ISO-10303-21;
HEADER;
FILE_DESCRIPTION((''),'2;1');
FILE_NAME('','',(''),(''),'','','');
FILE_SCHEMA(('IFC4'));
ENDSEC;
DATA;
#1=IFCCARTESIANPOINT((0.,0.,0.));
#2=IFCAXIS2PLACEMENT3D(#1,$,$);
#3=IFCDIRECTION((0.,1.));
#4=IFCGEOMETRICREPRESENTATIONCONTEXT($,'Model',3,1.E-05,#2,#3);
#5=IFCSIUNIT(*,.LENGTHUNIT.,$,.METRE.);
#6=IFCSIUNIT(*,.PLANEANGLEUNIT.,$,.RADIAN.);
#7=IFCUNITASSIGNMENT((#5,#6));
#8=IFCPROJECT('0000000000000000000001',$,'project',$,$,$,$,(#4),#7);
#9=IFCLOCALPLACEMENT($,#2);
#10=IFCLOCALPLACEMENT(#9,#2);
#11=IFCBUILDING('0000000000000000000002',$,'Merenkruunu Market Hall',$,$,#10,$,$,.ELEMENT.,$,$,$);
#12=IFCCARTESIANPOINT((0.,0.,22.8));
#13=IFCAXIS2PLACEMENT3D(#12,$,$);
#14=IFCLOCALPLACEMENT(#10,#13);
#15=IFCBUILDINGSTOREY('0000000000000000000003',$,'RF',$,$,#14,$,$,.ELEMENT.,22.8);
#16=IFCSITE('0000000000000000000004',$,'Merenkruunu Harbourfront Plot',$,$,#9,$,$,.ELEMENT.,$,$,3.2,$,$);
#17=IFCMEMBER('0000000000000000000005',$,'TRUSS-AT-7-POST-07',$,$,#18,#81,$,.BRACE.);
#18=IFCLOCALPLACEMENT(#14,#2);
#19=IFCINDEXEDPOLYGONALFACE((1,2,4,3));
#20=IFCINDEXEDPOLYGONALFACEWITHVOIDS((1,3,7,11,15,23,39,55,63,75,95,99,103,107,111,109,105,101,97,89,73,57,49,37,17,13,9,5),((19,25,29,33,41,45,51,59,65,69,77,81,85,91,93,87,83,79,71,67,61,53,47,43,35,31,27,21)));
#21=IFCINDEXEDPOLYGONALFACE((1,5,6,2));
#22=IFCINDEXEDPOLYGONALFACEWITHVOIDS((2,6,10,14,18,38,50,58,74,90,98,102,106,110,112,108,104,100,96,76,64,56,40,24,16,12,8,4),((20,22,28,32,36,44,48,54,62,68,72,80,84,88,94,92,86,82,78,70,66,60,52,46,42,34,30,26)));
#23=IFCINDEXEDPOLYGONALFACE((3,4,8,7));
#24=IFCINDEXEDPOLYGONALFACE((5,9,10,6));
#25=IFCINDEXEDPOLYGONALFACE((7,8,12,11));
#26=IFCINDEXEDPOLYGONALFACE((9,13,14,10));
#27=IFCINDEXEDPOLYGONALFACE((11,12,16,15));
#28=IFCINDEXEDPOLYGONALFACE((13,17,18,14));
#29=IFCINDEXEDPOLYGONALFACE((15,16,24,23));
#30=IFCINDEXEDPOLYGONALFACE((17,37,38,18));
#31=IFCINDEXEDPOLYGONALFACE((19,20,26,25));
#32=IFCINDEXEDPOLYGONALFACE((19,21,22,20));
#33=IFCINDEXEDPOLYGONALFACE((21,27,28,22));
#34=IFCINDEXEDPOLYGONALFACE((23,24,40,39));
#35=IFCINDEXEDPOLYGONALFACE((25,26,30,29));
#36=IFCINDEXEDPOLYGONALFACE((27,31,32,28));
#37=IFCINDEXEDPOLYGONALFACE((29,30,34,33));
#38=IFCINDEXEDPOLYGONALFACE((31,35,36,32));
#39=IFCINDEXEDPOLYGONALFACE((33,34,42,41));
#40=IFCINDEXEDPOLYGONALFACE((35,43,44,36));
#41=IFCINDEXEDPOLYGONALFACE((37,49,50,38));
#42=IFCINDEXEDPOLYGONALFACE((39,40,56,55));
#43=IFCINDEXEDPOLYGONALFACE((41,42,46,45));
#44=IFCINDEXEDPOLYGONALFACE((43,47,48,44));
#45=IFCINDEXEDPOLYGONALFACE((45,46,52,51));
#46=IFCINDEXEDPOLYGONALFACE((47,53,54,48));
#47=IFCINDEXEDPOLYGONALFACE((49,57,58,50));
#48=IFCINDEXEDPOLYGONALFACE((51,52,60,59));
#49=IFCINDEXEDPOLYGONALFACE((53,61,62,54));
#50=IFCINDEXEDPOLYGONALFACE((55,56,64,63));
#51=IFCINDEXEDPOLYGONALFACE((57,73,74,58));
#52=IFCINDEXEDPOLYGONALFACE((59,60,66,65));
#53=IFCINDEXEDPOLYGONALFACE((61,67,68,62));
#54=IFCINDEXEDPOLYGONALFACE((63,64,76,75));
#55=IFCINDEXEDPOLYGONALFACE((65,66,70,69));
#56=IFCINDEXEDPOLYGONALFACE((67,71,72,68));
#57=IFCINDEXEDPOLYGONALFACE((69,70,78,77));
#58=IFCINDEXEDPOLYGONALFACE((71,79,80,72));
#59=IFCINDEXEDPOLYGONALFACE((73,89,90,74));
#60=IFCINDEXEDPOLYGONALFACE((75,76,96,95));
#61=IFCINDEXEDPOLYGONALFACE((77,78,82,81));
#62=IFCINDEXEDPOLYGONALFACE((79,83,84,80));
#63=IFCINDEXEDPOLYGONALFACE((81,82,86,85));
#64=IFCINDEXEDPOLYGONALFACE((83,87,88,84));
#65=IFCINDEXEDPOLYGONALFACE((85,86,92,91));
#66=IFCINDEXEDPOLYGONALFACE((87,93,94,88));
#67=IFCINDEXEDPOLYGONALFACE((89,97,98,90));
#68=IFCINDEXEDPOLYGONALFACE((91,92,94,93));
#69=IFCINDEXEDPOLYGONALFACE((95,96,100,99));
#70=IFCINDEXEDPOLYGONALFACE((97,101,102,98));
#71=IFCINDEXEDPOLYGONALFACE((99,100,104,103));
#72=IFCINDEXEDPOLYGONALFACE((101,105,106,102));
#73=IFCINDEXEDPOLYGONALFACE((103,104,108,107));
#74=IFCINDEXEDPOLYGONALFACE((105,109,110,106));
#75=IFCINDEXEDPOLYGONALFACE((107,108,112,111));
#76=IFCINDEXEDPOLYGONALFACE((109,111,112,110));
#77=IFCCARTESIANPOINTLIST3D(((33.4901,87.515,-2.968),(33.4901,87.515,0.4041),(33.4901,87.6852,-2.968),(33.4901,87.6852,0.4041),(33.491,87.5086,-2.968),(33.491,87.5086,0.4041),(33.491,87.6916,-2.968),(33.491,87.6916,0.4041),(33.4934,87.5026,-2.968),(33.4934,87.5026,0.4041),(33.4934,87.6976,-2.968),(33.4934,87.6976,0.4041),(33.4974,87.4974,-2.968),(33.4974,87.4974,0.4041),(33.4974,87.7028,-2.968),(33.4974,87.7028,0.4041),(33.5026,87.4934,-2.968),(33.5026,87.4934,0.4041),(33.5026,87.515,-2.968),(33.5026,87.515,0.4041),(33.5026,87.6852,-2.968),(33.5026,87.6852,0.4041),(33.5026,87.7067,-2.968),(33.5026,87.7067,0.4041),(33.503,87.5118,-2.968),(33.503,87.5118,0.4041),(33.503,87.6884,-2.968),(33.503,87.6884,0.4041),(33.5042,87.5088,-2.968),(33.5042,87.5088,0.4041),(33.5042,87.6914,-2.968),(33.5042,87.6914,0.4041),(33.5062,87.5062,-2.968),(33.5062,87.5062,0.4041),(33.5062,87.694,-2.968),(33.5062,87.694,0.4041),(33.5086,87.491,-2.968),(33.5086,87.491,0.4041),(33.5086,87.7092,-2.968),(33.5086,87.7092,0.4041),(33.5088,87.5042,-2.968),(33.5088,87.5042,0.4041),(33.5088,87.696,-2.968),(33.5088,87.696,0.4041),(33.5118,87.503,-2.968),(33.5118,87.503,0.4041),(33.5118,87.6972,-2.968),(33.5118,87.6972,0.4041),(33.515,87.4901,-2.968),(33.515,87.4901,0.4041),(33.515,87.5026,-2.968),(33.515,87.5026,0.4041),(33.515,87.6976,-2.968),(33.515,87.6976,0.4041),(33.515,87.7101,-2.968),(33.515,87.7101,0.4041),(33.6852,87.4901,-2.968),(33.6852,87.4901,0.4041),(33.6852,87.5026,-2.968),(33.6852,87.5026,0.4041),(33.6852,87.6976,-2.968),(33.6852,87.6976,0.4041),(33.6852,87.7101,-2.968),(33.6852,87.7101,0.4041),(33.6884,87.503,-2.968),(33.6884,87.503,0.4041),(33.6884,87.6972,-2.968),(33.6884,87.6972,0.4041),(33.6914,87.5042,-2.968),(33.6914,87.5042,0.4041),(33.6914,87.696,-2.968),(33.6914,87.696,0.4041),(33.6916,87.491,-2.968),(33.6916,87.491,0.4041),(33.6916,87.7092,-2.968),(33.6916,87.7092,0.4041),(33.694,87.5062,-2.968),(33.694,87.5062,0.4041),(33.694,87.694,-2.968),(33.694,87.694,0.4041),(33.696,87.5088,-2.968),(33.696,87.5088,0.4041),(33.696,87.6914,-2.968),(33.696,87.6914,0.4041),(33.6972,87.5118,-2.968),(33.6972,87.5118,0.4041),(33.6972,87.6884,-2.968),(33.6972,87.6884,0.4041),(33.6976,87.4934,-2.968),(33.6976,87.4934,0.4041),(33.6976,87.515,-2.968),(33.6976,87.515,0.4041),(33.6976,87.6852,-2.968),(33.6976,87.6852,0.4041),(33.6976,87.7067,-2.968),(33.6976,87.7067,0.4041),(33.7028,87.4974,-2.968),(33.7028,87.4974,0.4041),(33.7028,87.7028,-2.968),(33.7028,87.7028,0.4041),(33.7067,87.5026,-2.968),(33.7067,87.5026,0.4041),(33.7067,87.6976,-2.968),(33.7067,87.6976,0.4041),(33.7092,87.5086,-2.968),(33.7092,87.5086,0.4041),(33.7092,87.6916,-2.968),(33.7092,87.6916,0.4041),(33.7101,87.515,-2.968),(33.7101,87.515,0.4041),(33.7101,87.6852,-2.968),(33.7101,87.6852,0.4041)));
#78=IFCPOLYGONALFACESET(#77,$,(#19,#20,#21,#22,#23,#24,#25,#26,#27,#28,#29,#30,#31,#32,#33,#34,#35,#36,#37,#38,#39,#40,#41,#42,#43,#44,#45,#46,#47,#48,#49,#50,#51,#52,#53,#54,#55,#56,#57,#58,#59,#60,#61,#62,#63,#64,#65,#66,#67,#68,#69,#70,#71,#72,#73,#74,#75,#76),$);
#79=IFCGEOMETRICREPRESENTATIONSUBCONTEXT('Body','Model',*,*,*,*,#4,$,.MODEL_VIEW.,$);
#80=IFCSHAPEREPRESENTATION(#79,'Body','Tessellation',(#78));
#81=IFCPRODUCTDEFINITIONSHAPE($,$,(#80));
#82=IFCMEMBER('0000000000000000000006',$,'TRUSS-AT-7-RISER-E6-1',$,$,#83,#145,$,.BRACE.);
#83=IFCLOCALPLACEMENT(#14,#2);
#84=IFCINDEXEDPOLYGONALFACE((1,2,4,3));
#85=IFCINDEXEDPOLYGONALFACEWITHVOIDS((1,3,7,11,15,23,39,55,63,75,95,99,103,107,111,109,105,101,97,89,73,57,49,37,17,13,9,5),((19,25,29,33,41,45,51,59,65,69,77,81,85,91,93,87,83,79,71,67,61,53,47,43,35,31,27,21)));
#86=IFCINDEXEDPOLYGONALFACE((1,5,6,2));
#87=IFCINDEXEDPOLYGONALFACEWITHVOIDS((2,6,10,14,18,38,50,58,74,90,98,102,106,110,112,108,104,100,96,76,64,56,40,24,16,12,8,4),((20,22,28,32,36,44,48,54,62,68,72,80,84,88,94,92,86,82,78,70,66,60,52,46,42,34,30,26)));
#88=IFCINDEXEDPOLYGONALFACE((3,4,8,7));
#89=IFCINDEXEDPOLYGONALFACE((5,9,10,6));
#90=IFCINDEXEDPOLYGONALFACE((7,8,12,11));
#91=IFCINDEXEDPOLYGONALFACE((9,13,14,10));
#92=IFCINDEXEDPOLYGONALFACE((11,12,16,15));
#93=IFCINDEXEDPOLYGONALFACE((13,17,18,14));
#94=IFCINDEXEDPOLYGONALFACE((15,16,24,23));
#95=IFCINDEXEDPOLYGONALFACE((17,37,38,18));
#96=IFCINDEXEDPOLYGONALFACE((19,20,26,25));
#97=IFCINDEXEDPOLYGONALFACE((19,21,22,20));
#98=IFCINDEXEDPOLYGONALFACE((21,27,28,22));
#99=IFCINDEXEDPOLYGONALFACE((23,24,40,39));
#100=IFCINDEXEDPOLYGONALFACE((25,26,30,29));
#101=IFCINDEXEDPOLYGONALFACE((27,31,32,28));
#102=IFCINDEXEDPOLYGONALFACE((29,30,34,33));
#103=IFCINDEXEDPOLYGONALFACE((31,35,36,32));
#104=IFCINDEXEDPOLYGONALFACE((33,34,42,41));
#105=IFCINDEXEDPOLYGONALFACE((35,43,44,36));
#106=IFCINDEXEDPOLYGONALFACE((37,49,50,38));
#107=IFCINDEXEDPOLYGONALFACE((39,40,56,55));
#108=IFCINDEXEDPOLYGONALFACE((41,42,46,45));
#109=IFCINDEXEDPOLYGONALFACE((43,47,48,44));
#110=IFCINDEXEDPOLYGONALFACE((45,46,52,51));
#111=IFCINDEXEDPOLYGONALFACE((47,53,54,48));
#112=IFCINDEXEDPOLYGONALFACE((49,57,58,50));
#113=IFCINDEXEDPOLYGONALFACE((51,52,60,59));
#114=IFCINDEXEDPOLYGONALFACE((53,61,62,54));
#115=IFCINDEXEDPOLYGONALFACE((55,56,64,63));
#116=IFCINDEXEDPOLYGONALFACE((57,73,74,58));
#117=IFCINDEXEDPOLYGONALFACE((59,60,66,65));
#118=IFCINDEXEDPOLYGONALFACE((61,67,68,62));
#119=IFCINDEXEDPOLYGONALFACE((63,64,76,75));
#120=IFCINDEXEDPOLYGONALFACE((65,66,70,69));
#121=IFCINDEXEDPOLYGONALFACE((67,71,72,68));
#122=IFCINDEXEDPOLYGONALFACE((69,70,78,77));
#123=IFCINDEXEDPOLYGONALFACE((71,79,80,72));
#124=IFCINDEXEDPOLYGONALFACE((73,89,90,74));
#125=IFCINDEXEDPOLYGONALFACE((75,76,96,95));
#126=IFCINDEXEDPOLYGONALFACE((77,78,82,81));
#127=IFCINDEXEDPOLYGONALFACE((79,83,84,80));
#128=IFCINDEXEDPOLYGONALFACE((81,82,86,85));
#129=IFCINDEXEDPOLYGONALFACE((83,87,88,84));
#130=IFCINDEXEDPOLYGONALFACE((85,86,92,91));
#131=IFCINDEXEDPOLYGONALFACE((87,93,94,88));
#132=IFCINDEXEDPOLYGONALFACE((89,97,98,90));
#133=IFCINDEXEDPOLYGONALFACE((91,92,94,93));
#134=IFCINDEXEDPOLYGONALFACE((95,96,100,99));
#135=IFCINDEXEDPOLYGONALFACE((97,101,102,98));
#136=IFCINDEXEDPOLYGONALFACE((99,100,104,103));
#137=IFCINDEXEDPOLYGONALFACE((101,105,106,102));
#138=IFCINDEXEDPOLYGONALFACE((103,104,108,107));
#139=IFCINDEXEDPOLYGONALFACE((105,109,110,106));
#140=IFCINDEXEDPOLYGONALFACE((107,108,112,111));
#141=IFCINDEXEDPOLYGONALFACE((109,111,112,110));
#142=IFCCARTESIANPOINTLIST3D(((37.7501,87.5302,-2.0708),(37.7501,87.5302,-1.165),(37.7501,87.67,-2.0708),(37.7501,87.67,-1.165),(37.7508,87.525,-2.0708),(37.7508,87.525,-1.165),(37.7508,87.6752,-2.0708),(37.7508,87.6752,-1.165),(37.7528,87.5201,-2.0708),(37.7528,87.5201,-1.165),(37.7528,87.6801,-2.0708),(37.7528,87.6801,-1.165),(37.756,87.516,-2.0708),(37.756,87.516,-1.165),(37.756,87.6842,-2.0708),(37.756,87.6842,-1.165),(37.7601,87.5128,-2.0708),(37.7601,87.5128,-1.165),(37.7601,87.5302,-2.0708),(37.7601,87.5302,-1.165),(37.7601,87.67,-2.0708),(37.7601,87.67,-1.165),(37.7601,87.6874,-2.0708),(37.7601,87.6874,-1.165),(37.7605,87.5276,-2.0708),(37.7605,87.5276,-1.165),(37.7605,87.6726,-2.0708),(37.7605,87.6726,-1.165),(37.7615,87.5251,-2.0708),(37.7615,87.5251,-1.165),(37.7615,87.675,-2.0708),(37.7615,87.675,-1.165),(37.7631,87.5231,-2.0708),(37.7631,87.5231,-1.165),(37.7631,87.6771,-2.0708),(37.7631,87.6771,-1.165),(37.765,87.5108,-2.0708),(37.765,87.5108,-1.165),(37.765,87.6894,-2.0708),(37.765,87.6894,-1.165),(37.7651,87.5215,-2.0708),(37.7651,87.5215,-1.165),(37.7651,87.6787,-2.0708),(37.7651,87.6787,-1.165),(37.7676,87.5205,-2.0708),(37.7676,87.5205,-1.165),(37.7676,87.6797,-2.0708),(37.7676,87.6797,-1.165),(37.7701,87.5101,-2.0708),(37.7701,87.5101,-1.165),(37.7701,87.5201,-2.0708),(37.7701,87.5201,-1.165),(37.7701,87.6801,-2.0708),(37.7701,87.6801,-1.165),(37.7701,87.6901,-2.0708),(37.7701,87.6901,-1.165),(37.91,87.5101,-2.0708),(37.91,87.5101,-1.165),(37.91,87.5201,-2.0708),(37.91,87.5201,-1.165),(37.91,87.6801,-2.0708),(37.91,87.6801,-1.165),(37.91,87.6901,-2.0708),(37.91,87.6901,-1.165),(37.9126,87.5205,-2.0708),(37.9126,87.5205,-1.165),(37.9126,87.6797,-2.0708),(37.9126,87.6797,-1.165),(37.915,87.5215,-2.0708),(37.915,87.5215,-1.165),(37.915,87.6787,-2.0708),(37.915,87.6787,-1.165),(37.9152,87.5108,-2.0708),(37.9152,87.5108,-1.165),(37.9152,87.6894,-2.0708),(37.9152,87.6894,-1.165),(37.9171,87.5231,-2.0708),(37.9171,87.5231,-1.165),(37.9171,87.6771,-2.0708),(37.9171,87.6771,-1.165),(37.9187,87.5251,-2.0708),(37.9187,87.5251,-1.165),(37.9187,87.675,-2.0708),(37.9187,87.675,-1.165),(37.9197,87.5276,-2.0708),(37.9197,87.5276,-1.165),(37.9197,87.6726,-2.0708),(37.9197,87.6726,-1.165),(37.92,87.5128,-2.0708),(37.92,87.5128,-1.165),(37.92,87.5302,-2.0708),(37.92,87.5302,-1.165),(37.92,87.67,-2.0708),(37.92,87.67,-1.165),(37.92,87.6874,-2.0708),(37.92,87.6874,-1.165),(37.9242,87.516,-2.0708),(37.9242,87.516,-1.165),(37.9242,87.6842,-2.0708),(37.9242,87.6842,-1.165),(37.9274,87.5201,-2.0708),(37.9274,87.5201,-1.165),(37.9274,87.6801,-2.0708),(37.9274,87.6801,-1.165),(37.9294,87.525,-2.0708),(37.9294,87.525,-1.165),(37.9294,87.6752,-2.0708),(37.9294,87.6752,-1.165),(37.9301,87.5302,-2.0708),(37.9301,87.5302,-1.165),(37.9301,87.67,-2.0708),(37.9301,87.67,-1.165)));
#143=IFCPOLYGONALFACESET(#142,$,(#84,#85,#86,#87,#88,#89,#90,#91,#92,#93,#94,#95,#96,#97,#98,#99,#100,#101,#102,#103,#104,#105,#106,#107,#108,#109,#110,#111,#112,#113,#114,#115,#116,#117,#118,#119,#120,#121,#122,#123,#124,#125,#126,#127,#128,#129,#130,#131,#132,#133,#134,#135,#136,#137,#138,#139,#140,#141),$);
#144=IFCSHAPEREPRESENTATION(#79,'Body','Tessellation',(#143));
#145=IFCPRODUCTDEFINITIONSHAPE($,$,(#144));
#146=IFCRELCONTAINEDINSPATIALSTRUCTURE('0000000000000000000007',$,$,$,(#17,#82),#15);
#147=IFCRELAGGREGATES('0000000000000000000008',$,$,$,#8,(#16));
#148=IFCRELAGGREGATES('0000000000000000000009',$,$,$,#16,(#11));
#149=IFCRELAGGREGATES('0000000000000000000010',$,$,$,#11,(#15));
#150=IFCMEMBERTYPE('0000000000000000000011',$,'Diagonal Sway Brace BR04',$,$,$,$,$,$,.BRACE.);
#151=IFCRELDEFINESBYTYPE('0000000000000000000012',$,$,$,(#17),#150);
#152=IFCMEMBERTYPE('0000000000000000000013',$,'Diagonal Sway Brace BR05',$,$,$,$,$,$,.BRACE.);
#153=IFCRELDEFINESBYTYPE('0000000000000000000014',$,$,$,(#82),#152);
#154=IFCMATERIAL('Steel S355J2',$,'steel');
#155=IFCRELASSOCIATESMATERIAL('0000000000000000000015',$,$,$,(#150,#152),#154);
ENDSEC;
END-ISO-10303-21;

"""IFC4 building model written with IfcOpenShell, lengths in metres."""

from ifc_helpers import new_model, si_unit, direction, frame, origin, origin_2d, place, context, subcontext, project, spatial, hollow_rectangle, extrude, material, material_profile, profile_set, type_object, element, save


model = new_model("IFC4")

# Units and contexts
model_context = context("Model", 3, precision=1e-05, world=origin(), true_north=direction((0.0, 1.0)))
body_context = subcontext(model_context, "Body", "Model", "MODEL_VIEW")
ifc_project = project(units=[si_unit("LENGTHUNIT", "METRE"), si_unit("PLANEANGLEUNIT", "RADIAN")], contexts=[model_context])

# Site, building, storey
site_placement = place(None, origin())
site = spatial("IfcSite", under=ifc_project, at=site_placement, Name="Merenkruunu Harbourfront Plot", CompositionType="ELEMENT", RefElevation=3.2)
building_placement = place(site_placement, origin())
building = spatial("IfcBuilding", under=site, at=building_placement, Name="Merenkruunu Market Hall", CompositionType="ELEMENT")
storey_placement = place(building_placement, frame((0.0, 0.0, 22.8)))
storey = spatial("IfcBuildingStorey", under=building, at=storey_placement, Name="RF", CompositionType="ELEMENT", Elevation=22.8)

# Members
ifc_material_1 = material(Name="Steel S355J2", Category="steel")
ifc_material_profile_1 = material_profile(ifc_material_1, hollow_rectangle(XDim=0.22, YDim=0.22, WallThickness=0.0125, InnerFilletRadius=0.0125, OuterFilletRadius=0.0249, at=origin_2d()), Name="SHS 220x220x12.5")
ifc_profile_set_1 = profile_set([ifc_material_profile_1], Name="Steel S355J2")
member_type_1 = type_object("IfcMemberType", Name="Diagonal Sway Brace BR04", PredefinedType="BRACE", material=ifc_profile_set_1)
member_1_placement = place(storey_placement, frame((33.6001, 87.6001, -2.968), z_axis=(0.0, 0.0, 1.0), x_axis=(1.0, 0.0, 0.0)))
element("IfcMember", 1, at=member_1_placement, inside=storey, type_object=member_type_1, Name="TRUSS-AT-7-POST-07", PredefinedType="BRACE", context=body_context, shape_type="SweptSolid", body=[
    extrude(hollow_rectangle(XDim=0.22, YDim=0.22, WallThickness=0.0125, InnerFilletRadius=0.0125, OuterFilletRadius=0.0249, at=origin_2d()), origin(), (0.0, 0.0, 1.0), 3.3721),
])
ifc_material_profile_2 = material_profile(ifc_material_1, hollow_rectangle(XDim=0.1799, YDim=0.1799, WallThickness=0.01, InnerFilletRadius=0.01, OuterFilletRadius=0.02, at=origin_2d()), Name="SHS 180x180x10")
ifc_profile_set_2 = profile_set([ifc_material_profile_2], Name="Steel S355J2")
member_type_2 = type_object("IfcMemberType", Name="Diagonal Sway Brace BR05", PredefinedType="BRACE", material=ifc_profile_set_2)
member_2_placement = place(storey_placement, frame((37.8401, 87.6001, -2.0708), z_axis=(0.0, 0.0, 1.0), x_axis=(1.0, 0.0, 0.0)))
element("IfcMember", 2, at=member_2_placement, inside=storey, type_object=member_type_2, Name="TRUSS-AT-7-RISER-E6-1", PredefinedType="BRACE", context=body_context, shape_type="SweptSolid", body=[
    extrude(hollow_rectangle(XDim=0.1799, YDim=0.1799, WallThickness=0.01, InnerFilletRadius=0.01, OuterFilletRadius=0.02, at=origin_2d()), origin(), (0.0, 0.0, 1.0), 0.9058),
])

save(model, "model.ifc")
